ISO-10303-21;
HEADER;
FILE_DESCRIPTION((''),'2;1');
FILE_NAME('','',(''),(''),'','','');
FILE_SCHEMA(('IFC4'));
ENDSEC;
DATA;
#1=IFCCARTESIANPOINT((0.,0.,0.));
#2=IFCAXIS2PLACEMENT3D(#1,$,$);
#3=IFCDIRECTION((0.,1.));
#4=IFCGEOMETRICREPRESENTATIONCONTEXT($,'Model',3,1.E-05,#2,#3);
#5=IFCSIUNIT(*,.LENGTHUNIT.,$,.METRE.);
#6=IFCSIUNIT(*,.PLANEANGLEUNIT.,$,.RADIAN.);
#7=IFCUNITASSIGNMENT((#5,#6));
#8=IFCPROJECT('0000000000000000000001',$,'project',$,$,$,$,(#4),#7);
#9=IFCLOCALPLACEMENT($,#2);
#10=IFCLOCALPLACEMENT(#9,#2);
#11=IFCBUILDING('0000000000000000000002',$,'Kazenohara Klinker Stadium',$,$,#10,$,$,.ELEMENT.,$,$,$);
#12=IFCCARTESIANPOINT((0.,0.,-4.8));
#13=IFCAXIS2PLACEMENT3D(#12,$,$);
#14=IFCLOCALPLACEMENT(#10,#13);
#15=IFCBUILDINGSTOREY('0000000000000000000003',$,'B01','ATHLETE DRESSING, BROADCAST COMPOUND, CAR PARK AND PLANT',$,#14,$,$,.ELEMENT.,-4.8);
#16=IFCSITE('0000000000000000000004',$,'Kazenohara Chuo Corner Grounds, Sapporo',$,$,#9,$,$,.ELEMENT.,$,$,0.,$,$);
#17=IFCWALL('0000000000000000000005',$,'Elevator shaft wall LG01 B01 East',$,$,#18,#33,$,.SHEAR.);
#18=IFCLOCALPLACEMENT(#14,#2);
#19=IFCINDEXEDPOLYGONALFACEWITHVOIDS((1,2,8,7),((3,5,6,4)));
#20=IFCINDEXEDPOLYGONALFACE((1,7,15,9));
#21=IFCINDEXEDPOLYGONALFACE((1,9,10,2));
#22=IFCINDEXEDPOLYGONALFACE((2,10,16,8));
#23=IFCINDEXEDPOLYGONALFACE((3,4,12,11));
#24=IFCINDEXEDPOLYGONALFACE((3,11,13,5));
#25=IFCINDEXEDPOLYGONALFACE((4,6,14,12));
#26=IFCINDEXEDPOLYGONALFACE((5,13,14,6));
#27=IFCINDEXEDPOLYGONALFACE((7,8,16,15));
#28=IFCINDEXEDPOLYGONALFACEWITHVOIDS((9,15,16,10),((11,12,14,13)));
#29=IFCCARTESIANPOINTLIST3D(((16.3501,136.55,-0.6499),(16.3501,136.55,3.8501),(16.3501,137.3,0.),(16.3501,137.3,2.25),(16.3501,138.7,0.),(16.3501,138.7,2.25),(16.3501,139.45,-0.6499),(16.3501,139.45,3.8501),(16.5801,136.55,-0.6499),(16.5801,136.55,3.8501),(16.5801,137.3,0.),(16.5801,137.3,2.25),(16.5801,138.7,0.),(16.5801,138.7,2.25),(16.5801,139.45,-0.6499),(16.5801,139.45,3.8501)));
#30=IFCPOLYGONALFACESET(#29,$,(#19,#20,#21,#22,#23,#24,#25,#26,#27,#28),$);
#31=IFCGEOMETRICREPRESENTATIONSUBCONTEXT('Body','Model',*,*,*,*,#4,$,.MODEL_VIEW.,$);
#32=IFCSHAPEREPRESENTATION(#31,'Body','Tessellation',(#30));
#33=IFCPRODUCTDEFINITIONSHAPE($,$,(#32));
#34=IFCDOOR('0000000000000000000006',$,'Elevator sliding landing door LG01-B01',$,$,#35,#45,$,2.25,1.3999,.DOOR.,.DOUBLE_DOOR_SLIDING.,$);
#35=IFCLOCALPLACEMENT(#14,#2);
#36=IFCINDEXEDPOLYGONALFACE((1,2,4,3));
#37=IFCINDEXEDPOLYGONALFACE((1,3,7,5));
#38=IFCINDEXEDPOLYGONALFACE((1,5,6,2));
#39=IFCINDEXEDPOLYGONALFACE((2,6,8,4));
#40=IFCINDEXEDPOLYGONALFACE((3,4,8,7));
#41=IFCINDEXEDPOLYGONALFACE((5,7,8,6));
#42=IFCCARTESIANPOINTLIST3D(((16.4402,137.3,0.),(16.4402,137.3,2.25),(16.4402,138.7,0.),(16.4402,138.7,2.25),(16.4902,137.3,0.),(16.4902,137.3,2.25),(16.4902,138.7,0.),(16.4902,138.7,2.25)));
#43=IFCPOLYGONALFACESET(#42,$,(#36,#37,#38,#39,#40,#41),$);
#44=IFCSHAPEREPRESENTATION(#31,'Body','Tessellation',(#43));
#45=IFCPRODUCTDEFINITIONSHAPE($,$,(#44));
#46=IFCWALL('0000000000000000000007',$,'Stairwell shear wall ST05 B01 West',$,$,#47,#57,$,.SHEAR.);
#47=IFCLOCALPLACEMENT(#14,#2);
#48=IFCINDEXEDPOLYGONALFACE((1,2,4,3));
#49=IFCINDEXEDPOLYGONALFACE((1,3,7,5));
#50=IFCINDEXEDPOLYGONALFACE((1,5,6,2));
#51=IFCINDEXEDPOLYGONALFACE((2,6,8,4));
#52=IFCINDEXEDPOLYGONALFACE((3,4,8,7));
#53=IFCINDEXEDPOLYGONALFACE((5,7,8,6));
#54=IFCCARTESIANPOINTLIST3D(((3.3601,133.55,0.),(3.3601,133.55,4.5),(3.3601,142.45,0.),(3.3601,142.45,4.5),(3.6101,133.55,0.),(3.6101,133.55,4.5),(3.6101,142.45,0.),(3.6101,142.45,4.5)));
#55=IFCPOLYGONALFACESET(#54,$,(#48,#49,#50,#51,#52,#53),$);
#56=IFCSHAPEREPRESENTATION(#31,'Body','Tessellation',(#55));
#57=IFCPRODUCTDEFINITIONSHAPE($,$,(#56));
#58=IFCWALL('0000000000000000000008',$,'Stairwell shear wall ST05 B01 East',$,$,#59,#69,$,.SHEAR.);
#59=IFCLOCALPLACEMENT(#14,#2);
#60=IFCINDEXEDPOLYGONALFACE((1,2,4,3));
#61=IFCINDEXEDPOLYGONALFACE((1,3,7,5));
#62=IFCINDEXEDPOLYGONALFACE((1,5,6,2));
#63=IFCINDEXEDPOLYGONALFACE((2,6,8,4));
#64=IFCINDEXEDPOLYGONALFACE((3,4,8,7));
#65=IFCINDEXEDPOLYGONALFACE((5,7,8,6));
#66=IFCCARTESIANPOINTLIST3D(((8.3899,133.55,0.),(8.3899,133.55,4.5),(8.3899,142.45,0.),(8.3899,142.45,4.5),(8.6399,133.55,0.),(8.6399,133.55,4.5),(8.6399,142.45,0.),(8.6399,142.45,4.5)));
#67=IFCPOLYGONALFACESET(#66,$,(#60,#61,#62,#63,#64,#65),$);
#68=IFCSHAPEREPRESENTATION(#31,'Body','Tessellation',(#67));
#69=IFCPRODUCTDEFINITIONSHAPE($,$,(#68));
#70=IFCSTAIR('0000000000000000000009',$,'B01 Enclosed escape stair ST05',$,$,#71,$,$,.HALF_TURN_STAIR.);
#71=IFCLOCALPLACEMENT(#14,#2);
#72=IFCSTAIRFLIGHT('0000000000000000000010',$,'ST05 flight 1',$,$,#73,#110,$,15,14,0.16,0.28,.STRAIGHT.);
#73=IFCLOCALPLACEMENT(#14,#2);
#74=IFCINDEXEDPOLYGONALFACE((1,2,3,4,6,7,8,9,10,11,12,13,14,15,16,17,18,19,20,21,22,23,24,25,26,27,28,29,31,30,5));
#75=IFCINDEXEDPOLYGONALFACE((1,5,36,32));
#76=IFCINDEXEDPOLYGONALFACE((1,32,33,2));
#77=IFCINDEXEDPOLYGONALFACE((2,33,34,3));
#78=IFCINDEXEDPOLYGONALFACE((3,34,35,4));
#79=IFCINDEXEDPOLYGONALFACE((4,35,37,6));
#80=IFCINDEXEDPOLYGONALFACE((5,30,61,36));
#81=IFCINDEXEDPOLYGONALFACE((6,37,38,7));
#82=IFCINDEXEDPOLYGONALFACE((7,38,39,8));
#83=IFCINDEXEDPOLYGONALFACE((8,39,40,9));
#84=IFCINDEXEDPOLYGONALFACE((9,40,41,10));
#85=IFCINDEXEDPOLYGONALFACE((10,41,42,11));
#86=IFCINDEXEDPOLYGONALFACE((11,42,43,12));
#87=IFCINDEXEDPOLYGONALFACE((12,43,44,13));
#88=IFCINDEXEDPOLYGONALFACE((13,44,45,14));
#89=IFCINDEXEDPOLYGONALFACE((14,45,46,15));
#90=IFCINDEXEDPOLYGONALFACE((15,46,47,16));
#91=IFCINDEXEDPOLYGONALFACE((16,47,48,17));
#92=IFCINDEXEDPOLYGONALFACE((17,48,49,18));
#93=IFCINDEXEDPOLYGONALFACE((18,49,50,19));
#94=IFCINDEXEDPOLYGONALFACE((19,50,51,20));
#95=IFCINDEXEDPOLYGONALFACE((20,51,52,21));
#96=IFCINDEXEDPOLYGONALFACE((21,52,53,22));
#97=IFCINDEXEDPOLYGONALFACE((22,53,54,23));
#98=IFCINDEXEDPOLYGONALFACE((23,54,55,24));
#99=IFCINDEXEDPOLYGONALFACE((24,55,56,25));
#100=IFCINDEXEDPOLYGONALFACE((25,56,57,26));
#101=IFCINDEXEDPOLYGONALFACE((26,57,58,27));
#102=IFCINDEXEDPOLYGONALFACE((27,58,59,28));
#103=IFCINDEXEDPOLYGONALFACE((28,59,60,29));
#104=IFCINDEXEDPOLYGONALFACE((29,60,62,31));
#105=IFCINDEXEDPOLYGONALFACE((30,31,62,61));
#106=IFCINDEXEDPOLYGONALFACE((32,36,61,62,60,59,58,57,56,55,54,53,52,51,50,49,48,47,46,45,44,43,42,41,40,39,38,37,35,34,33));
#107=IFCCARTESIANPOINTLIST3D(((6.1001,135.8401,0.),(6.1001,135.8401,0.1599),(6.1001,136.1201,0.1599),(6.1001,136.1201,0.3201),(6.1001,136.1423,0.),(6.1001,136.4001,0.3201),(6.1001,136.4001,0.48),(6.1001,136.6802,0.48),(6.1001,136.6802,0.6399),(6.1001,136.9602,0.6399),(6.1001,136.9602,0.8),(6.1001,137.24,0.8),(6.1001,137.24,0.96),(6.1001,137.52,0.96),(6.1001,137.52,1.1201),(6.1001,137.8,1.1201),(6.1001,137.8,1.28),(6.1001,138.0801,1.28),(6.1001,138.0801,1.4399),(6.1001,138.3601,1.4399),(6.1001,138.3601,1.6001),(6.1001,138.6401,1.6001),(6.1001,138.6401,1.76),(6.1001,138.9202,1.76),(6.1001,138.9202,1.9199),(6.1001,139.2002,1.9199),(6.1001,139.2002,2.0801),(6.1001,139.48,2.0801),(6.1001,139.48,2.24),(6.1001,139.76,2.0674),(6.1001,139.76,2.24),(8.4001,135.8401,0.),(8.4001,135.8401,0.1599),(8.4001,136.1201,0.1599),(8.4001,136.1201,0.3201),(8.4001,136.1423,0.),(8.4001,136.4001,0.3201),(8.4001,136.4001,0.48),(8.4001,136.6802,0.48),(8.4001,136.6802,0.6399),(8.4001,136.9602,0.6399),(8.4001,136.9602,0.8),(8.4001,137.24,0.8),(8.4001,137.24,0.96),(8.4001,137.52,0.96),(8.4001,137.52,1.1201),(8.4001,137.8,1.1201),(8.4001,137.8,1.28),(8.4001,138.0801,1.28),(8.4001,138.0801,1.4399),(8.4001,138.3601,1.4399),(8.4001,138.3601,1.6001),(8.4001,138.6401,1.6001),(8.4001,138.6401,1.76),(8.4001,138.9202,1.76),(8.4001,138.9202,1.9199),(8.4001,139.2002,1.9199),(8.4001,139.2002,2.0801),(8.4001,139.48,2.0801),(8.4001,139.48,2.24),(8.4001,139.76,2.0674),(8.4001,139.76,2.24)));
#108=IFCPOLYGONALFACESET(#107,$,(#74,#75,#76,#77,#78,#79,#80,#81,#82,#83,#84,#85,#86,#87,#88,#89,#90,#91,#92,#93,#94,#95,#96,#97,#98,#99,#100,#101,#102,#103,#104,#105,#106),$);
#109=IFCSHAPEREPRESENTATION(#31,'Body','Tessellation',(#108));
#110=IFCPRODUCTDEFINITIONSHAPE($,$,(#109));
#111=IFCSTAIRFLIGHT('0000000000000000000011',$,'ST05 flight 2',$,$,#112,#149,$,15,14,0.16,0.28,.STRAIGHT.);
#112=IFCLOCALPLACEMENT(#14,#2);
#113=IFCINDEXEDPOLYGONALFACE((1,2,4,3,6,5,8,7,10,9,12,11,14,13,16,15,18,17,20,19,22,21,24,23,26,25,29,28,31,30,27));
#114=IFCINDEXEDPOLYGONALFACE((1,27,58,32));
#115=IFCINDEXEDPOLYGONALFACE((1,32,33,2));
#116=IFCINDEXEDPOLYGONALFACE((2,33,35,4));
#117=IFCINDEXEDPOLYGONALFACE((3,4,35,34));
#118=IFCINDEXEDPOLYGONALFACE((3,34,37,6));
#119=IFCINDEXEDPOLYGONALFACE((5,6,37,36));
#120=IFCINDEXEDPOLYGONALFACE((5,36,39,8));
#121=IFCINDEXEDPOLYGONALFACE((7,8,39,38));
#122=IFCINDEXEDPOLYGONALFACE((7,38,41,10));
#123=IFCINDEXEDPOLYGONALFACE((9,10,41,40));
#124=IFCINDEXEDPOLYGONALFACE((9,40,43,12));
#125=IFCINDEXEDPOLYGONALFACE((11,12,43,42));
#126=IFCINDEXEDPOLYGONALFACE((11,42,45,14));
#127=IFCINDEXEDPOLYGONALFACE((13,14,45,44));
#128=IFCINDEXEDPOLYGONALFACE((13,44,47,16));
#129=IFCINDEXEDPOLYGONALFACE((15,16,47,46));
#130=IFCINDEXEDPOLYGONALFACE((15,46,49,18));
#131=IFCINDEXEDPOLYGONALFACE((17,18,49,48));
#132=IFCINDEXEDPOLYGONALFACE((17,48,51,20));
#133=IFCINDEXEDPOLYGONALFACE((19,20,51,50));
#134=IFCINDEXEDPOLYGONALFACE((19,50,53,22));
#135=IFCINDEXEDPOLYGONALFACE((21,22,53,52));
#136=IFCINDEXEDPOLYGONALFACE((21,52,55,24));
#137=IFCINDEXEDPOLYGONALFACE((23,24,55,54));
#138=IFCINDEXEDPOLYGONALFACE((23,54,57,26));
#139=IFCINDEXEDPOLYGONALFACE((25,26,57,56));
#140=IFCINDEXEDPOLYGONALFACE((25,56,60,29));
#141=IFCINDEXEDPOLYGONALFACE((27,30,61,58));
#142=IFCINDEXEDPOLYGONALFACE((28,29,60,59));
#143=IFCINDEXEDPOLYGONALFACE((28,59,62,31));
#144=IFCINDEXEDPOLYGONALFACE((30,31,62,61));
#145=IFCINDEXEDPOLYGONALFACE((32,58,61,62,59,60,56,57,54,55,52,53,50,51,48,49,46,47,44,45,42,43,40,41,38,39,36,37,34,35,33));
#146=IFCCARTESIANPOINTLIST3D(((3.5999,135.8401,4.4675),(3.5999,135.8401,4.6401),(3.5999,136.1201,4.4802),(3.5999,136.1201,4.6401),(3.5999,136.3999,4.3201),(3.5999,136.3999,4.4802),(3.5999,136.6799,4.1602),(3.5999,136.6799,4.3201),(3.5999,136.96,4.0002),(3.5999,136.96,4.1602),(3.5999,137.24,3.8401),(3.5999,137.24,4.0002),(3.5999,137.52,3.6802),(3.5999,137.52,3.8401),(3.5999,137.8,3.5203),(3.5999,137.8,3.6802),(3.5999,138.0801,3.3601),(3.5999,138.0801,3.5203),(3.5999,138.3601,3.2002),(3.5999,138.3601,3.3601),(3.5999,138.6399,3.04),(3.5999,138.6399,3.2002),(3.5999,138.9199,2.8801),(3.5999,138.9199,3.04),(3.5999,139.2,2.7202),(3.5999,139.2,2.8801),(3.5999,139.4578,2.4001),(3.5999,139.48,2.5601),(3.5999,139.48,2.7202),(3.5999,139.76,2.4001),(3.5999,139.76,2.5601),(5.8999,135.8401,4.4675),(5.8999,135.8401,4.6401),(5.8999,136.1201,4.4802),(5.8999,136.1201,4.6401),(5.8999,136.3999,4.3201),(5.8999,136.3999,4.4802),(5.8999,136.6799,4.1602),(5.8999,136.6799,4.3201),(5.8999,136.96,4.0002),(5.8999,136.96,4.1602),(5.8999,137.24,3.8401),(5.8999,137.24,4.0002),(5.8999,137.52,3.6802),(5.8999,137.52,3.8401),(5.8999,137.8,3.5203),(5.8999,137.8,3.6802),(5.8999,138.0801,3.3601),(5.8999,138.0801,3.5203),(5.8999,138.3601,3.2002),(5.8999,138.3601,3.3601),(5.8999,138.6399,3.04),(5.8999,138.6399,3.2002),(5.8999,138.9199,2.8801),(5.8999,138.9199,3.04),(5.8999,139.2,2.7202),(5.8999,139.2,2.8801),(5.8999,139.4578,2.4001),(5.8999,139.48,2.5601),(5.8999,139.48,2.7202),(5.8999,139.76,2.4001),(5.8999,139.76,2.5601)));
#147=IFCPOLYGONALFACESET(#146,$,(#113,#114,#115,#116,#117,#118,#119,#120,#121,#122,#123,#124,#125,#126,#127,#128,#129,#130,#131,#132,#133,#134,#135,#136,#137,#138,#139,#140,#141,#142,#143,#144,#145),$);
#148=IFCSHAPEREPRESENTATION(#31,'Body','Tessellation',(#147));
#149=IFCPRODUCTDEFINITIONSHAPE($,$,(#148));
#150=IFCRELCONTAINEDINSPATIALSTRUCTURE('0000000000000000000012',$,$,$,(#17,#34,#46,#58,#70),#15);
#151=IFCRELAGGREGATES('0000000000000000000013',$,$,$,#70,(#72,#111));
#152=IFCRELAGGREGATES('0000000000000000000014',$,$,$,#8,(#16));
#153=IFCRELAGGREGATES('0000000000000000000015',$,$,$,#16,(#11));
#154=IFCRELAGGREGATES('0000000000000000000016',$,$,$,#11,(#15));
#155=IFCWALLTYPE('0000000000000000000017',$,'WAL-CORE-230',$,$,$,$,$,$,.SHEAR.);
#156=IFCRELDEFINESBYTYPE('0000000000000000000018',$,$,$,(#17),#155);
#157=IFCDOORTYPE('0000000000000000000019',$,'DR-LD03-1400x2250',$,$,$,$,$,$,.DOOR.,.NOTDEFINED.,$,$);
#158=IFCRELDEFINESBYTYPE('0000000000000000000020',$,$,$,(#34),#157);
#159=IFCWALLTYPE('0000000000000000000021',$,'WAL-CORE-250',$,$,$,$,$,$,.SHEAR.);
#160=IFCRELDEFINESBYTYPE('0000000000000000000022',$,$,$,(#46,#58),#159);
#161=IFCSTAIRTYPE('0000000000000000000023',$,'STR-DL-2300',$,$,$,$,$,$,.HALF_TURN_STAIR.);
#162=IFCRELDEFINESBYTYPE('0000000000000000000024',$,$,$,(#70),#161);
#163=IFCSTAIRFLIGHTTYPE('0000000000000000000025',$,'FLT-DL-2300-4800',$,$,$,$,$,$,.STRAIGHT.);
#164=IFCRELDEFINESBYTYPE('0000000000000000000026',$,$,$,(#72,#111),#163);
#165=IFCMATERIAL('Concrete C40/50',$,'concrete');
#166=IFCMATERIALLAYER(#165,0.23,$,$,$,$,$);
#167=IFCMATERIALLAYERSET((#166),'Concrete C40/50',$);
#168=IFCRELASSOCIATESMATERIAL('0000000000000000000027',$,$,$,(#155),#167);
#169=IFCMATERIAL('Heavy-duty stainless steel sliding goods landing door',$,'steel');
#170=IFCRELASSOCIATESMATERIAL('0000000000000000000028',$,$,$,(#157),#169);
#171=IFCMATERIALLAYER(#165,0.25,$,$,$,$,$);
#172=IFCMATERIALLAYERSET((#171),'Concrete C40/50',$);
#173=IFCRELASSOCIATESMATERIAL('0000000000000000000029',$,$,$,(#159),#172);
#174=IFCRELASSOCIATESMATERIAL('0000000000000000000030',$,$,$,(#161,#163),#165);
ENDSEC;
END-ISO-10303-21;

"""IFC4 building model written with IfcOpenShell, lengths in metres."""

from ifc_helpers import new_model, si_unit, direction, frame, frame_2d, origin, place, context, subcontext, project, spatial, polyline, rectangle, outline, extrude, material, layer, layer_set, type_object, element, fill, aggregate, save


model = new_model("IFC4")

# Units and contexts
model_context = context("Model", 3, precision=1e-05, world=origin(), true_north=direction((0.0, 1.0)))
body_context = subcontext(model_context, "Body", "Model", "MODEL_VIEW")
ifc_project = project(units=[si_unit("LENGTHUNIT", "METRE"), si_unit("PLANEANGLEUNIT", "RADIAN")], contexts=[model_context])

# Site, building, storey
site_placement = place(None, origin())
site = spatial("IfcSite", under=ifc_project, at=site_placement, Name="Kazenohara Chuo Corner Grounds, Sapporo", CompositionType="ELEMENT", RefElevation=0.0)
building_placement = place(site_placement, origin())
building = spatial("IfcBuilding", under=site, at=building_placement, Name="Kazenohara Klinker Stadium", CompositionType="ELEMENT")
storey_placement = place(building_placement, frame((0.0, 0.0, -4.8)))
storey = spatial("IfcBuildingStorey", under=building, at=storey_placement, Name="B01", Description="ATHLETE DRESSING, BROADCAST COMPOUND, CAR PARK AND PLANT", CompositionType="ELEMENT", Elevation=-4.8)

# Shared definitions
ifc_material_1 = material(Name="Concrete C40/50", Category="concrete")

# Shared definitions
ifc_layer_1 = layer(ifc_material_1, 0.23)
ifc_layer_set_1 = layer_set([ifc_layer_1], Name="Concrete C40/50")
wall_type_1 = type_object("IfcWallType", Name="WAL-CORE-230", PredefinedType="SHEAR", material=ifc_layer_set_1)

# Wall, opening, door
wall_1_placement = place(storey_placement, frame((16.4651, 136.55, -0.6499), z_axis=(0.0, 0.0, 1.0), x_axis=(0.0, 1.0, 0.0)))
wall_1 = element("IfcWall", 1, at=wall_1_placement, inside=storey, type_object=wall_type_1, Name="Elevator shaft wall LG01 B01 East", PredefinedType="SHEAR", context=body_context, shape_type="SweptSolid", body=[
    extrude(rectangle(XDim=2.8999, YDim=0.23, at=frame_2d((1.45, 0.0))), origin(), (0.0, 0.0, 1.0), 4.5),
])
opening_1_placement = place(wall_1_placement, frame((0.75, 0.0, 0.6499)))
opening_1 = element("IfcOpeningElement", 2, at=opening_1_placement, cuts=wall_1, PredefinedType="OPENING", context=body_context, shape_type="SweptSolid", body=[
    extrude(rectangle(XDim=1.3999, YDim=2.25, at=frame_2d((0.7, 1.125))), frame((0.0, 0.125, 0.0), z_axis=(0.0, -1.0, 0.0), x_axis=(1.0, 0.0, 0.0)), (0.0, 0.0, 1.0), 0.25),
])
ifc_material_2 = material(Name="Heavy-duty stainless steel sliding goods landing door", Category="steel")
door_type_1 = type_object("IfcDoorType", Name="DR-LD03-1400x2250", OperationType="NOTDEFINED", PredefinedType="DOOR", material=ifc_material_2)
door_1_placement = place(opening_1_placement, origin())
door_1 = element("IfcDoor", 3, at=door_1_placement, inside=storey, type_object=door_type_1, Name="Elevator sliding landing door LG01-B01", OperationType="DOUBLE_DOOR_SLIDING", OverallHeight=2.25, OverallWidth=1.3999, PredefinedType="DOOR", context=body_context, shape_type="SweptSolid", body=[
    extrude(rectangle(XDim=1.3999, YDim=2.25, at=frame_2d((0.7, 1.125))), frame((0.0, 0.0249, 0.0), z_axis=(0.0, -1.0, 0.0), x_axis=(1.0, 0.0, 0.0)), (0.0, 0.0, 1.0), 0.05),
])
fill(opening_1, door_1)
ifc_layer_2 = layer(ifc_material_1, 0.25)
ifc_layer_set_2 = layer_set([ifc_layer_2], Name="Concrete C40/50")
wall_type_2 = type_object("IfcWallType", Name="WAL-CORE-250", PredefinedType="SHEAR", material=ifc_layer_set_2)

# Walls
for number, where, z_axis, x_axis, name in (
    (4, (3.4851, 133.55, 0.0), (0.0, 0.0, 1.0), (0.0, 1.0, 0.0), "Stairwell shear wall ST05 B01 West"),
    (5, (8.5149, 133.55, 0.0), (0.0, 0.0, 1.0), (0.0, 1.0, 0.0), "Stairwell shear wall ST05 B01 East"),
):
    element("IfcWall", number, at=place(storey_placement, frame(where, z_axis=z_axis, x_axis=x_axis)), inside=storey, type_object=wall_type_2, Name=name, PredefinedType="SHEAR", context=body_context, shape_type="SweptSolid", body=[
        extrude(rectangle(XDim=8.8999, YDim=0.25, at=frame_2d((4.45, 0.0))), origin(), (0.0, 0.0, 1.0), 4.5),
    ])

# Stair, stair flights
stair_type = type_object("IfcStairType", Name="STR-DL-2300", PredefinedType="HALF_TURN_STAIR", material=ifc_material_1)
stair_placement = place(storey_placement, origin())
stair = element("IfcStair", 6, at=stair_placement, inside=storey, type_object=stair_type, Name="B01 Enclosed escape stair ST05", PredefinedType="HALF_TURN_STAIR")
stair_flight_type = type_object("IfcStairFlightType", Name="FLT-DL-2300-4800", PredefinedType="STRAIGHT", material=ifc_material_1)
stair_flight_1_placement = place(storey_placement, frame((7.25, 135.8401, 0.0), z_axis=(0.0, 0.0, 1.0), x_axis=(0.0, 1.0, 0.0)))
stair_flight_1 = element("IfcStairFlight", 7, at=stair_flight_1_placement, type_object=stair_flight_type, Name="ST05 flight 1", NumberOfRisers=15, NumberOfTreads=14, PredefinedType="STRAIGHT", RiserHeight=0.16, TreadLength=0.28, context=body_context, shape_type="SweptSolid", body=[
    extrude(outline(polyline([(0.0, 0.0), (0.0, 0.1599), (0.28, 0.1599), (0.28, 0.3201), (0.5601, 0.3201), (0.5601, 0.48), (0.8401, 0.48), (0.8401, 0.6399), (1.1201, 0.6399), (1.1201, 0.8), (1.3999, 0.8), (1.3999, 0.96), (1.6799, 0.96), (1.6799, 1.1201), (1.96, 1.1201), (1.96, 1.28), (2.24, 1.28), (2.24, 1.4399), (2.52, 1.4399), (2.52, 1.6001), (2.8, 1.6001), (2.8, 1.76), (3.0801, 1.76), (3.0801, 1.9199), (3.3601, 1.9199), (3.3601, 2.0801), (3.6399, 2.0801), (3.6399, 2.24), (3.9199, 2.24), (3.9199, 2.3999), (3.9199, 2.0674), (0.3022, 0.0), (0.0, 0.0)])), frame((0.0, 1.1499, 0.0), z_axis=(0.0, -1.0, 0.0), x_axis=(1.0, 0.0, 0.0)), (0.0, 0.0, 1.0), 2.3),
])
stair_flight_2_placement = place(storey_placement, frame((4.75, 139.76, 2.4001), z_axis=(0.0, 0.0, 1.0), x_axis=(0.0, -1.0, 0.0)))
stair_flight_2 = element("IfcStairFlight", 8, at=stair_flight_2_placement, type_object=stair_flight_type, Name="ST05 flight 2", NumberOfRisers=15, NumberOfTreads=14, PredefinedType="STRAIGHT", RiserHeight=0.16, TreadLength=0.28, context=body_context, shape_type="SweptSolid", body=[
    extrude(outline(polyline([(0.0, 0.0), (0.0, 0.1599), (0.28, 0.1599), (0.28, 0.3201), (0.5601, 0.3201), (0.5601, 0.48), (0.8401, 0.48), (0.8401, 0.6399), (1.1201, 0.6399), (1.1201, 0.8), (1.3999, 0.8), (1.3999, 0.96), (1.6799, 0.96), (1.6799, 1.1201), (1.96, 1.1201), (1.96, 1.28), (2.24, 1.28), (2.24, 1.4399), (2.52, 1.4399), (2.52, 1.6001), (2.8, 1.6001), (2.8, 1.76), (3.0801, 1.76), (3.0801, 1.9199), (3.3601, 1.9199), (3.3601, 2.0801), (3.6399, 2.0801), (3.6399, 2.24), (3.9199, 2.24), (3.9199, 2.3999), (3.9199, 2.0674), (0.3022, 0.0), (0.0, 0.0)])), frame((0.0, 1.1499, 0.0), z_axis=(0.0, -1.0, 0.0), x_axis=(1.0, 0.0, 0.0)), (0.0, 0.0, 1.0), 2.3),
])
aggregate(stair, [stair_flight_1, stair_flight_2])

save(model, "model.ifc")
